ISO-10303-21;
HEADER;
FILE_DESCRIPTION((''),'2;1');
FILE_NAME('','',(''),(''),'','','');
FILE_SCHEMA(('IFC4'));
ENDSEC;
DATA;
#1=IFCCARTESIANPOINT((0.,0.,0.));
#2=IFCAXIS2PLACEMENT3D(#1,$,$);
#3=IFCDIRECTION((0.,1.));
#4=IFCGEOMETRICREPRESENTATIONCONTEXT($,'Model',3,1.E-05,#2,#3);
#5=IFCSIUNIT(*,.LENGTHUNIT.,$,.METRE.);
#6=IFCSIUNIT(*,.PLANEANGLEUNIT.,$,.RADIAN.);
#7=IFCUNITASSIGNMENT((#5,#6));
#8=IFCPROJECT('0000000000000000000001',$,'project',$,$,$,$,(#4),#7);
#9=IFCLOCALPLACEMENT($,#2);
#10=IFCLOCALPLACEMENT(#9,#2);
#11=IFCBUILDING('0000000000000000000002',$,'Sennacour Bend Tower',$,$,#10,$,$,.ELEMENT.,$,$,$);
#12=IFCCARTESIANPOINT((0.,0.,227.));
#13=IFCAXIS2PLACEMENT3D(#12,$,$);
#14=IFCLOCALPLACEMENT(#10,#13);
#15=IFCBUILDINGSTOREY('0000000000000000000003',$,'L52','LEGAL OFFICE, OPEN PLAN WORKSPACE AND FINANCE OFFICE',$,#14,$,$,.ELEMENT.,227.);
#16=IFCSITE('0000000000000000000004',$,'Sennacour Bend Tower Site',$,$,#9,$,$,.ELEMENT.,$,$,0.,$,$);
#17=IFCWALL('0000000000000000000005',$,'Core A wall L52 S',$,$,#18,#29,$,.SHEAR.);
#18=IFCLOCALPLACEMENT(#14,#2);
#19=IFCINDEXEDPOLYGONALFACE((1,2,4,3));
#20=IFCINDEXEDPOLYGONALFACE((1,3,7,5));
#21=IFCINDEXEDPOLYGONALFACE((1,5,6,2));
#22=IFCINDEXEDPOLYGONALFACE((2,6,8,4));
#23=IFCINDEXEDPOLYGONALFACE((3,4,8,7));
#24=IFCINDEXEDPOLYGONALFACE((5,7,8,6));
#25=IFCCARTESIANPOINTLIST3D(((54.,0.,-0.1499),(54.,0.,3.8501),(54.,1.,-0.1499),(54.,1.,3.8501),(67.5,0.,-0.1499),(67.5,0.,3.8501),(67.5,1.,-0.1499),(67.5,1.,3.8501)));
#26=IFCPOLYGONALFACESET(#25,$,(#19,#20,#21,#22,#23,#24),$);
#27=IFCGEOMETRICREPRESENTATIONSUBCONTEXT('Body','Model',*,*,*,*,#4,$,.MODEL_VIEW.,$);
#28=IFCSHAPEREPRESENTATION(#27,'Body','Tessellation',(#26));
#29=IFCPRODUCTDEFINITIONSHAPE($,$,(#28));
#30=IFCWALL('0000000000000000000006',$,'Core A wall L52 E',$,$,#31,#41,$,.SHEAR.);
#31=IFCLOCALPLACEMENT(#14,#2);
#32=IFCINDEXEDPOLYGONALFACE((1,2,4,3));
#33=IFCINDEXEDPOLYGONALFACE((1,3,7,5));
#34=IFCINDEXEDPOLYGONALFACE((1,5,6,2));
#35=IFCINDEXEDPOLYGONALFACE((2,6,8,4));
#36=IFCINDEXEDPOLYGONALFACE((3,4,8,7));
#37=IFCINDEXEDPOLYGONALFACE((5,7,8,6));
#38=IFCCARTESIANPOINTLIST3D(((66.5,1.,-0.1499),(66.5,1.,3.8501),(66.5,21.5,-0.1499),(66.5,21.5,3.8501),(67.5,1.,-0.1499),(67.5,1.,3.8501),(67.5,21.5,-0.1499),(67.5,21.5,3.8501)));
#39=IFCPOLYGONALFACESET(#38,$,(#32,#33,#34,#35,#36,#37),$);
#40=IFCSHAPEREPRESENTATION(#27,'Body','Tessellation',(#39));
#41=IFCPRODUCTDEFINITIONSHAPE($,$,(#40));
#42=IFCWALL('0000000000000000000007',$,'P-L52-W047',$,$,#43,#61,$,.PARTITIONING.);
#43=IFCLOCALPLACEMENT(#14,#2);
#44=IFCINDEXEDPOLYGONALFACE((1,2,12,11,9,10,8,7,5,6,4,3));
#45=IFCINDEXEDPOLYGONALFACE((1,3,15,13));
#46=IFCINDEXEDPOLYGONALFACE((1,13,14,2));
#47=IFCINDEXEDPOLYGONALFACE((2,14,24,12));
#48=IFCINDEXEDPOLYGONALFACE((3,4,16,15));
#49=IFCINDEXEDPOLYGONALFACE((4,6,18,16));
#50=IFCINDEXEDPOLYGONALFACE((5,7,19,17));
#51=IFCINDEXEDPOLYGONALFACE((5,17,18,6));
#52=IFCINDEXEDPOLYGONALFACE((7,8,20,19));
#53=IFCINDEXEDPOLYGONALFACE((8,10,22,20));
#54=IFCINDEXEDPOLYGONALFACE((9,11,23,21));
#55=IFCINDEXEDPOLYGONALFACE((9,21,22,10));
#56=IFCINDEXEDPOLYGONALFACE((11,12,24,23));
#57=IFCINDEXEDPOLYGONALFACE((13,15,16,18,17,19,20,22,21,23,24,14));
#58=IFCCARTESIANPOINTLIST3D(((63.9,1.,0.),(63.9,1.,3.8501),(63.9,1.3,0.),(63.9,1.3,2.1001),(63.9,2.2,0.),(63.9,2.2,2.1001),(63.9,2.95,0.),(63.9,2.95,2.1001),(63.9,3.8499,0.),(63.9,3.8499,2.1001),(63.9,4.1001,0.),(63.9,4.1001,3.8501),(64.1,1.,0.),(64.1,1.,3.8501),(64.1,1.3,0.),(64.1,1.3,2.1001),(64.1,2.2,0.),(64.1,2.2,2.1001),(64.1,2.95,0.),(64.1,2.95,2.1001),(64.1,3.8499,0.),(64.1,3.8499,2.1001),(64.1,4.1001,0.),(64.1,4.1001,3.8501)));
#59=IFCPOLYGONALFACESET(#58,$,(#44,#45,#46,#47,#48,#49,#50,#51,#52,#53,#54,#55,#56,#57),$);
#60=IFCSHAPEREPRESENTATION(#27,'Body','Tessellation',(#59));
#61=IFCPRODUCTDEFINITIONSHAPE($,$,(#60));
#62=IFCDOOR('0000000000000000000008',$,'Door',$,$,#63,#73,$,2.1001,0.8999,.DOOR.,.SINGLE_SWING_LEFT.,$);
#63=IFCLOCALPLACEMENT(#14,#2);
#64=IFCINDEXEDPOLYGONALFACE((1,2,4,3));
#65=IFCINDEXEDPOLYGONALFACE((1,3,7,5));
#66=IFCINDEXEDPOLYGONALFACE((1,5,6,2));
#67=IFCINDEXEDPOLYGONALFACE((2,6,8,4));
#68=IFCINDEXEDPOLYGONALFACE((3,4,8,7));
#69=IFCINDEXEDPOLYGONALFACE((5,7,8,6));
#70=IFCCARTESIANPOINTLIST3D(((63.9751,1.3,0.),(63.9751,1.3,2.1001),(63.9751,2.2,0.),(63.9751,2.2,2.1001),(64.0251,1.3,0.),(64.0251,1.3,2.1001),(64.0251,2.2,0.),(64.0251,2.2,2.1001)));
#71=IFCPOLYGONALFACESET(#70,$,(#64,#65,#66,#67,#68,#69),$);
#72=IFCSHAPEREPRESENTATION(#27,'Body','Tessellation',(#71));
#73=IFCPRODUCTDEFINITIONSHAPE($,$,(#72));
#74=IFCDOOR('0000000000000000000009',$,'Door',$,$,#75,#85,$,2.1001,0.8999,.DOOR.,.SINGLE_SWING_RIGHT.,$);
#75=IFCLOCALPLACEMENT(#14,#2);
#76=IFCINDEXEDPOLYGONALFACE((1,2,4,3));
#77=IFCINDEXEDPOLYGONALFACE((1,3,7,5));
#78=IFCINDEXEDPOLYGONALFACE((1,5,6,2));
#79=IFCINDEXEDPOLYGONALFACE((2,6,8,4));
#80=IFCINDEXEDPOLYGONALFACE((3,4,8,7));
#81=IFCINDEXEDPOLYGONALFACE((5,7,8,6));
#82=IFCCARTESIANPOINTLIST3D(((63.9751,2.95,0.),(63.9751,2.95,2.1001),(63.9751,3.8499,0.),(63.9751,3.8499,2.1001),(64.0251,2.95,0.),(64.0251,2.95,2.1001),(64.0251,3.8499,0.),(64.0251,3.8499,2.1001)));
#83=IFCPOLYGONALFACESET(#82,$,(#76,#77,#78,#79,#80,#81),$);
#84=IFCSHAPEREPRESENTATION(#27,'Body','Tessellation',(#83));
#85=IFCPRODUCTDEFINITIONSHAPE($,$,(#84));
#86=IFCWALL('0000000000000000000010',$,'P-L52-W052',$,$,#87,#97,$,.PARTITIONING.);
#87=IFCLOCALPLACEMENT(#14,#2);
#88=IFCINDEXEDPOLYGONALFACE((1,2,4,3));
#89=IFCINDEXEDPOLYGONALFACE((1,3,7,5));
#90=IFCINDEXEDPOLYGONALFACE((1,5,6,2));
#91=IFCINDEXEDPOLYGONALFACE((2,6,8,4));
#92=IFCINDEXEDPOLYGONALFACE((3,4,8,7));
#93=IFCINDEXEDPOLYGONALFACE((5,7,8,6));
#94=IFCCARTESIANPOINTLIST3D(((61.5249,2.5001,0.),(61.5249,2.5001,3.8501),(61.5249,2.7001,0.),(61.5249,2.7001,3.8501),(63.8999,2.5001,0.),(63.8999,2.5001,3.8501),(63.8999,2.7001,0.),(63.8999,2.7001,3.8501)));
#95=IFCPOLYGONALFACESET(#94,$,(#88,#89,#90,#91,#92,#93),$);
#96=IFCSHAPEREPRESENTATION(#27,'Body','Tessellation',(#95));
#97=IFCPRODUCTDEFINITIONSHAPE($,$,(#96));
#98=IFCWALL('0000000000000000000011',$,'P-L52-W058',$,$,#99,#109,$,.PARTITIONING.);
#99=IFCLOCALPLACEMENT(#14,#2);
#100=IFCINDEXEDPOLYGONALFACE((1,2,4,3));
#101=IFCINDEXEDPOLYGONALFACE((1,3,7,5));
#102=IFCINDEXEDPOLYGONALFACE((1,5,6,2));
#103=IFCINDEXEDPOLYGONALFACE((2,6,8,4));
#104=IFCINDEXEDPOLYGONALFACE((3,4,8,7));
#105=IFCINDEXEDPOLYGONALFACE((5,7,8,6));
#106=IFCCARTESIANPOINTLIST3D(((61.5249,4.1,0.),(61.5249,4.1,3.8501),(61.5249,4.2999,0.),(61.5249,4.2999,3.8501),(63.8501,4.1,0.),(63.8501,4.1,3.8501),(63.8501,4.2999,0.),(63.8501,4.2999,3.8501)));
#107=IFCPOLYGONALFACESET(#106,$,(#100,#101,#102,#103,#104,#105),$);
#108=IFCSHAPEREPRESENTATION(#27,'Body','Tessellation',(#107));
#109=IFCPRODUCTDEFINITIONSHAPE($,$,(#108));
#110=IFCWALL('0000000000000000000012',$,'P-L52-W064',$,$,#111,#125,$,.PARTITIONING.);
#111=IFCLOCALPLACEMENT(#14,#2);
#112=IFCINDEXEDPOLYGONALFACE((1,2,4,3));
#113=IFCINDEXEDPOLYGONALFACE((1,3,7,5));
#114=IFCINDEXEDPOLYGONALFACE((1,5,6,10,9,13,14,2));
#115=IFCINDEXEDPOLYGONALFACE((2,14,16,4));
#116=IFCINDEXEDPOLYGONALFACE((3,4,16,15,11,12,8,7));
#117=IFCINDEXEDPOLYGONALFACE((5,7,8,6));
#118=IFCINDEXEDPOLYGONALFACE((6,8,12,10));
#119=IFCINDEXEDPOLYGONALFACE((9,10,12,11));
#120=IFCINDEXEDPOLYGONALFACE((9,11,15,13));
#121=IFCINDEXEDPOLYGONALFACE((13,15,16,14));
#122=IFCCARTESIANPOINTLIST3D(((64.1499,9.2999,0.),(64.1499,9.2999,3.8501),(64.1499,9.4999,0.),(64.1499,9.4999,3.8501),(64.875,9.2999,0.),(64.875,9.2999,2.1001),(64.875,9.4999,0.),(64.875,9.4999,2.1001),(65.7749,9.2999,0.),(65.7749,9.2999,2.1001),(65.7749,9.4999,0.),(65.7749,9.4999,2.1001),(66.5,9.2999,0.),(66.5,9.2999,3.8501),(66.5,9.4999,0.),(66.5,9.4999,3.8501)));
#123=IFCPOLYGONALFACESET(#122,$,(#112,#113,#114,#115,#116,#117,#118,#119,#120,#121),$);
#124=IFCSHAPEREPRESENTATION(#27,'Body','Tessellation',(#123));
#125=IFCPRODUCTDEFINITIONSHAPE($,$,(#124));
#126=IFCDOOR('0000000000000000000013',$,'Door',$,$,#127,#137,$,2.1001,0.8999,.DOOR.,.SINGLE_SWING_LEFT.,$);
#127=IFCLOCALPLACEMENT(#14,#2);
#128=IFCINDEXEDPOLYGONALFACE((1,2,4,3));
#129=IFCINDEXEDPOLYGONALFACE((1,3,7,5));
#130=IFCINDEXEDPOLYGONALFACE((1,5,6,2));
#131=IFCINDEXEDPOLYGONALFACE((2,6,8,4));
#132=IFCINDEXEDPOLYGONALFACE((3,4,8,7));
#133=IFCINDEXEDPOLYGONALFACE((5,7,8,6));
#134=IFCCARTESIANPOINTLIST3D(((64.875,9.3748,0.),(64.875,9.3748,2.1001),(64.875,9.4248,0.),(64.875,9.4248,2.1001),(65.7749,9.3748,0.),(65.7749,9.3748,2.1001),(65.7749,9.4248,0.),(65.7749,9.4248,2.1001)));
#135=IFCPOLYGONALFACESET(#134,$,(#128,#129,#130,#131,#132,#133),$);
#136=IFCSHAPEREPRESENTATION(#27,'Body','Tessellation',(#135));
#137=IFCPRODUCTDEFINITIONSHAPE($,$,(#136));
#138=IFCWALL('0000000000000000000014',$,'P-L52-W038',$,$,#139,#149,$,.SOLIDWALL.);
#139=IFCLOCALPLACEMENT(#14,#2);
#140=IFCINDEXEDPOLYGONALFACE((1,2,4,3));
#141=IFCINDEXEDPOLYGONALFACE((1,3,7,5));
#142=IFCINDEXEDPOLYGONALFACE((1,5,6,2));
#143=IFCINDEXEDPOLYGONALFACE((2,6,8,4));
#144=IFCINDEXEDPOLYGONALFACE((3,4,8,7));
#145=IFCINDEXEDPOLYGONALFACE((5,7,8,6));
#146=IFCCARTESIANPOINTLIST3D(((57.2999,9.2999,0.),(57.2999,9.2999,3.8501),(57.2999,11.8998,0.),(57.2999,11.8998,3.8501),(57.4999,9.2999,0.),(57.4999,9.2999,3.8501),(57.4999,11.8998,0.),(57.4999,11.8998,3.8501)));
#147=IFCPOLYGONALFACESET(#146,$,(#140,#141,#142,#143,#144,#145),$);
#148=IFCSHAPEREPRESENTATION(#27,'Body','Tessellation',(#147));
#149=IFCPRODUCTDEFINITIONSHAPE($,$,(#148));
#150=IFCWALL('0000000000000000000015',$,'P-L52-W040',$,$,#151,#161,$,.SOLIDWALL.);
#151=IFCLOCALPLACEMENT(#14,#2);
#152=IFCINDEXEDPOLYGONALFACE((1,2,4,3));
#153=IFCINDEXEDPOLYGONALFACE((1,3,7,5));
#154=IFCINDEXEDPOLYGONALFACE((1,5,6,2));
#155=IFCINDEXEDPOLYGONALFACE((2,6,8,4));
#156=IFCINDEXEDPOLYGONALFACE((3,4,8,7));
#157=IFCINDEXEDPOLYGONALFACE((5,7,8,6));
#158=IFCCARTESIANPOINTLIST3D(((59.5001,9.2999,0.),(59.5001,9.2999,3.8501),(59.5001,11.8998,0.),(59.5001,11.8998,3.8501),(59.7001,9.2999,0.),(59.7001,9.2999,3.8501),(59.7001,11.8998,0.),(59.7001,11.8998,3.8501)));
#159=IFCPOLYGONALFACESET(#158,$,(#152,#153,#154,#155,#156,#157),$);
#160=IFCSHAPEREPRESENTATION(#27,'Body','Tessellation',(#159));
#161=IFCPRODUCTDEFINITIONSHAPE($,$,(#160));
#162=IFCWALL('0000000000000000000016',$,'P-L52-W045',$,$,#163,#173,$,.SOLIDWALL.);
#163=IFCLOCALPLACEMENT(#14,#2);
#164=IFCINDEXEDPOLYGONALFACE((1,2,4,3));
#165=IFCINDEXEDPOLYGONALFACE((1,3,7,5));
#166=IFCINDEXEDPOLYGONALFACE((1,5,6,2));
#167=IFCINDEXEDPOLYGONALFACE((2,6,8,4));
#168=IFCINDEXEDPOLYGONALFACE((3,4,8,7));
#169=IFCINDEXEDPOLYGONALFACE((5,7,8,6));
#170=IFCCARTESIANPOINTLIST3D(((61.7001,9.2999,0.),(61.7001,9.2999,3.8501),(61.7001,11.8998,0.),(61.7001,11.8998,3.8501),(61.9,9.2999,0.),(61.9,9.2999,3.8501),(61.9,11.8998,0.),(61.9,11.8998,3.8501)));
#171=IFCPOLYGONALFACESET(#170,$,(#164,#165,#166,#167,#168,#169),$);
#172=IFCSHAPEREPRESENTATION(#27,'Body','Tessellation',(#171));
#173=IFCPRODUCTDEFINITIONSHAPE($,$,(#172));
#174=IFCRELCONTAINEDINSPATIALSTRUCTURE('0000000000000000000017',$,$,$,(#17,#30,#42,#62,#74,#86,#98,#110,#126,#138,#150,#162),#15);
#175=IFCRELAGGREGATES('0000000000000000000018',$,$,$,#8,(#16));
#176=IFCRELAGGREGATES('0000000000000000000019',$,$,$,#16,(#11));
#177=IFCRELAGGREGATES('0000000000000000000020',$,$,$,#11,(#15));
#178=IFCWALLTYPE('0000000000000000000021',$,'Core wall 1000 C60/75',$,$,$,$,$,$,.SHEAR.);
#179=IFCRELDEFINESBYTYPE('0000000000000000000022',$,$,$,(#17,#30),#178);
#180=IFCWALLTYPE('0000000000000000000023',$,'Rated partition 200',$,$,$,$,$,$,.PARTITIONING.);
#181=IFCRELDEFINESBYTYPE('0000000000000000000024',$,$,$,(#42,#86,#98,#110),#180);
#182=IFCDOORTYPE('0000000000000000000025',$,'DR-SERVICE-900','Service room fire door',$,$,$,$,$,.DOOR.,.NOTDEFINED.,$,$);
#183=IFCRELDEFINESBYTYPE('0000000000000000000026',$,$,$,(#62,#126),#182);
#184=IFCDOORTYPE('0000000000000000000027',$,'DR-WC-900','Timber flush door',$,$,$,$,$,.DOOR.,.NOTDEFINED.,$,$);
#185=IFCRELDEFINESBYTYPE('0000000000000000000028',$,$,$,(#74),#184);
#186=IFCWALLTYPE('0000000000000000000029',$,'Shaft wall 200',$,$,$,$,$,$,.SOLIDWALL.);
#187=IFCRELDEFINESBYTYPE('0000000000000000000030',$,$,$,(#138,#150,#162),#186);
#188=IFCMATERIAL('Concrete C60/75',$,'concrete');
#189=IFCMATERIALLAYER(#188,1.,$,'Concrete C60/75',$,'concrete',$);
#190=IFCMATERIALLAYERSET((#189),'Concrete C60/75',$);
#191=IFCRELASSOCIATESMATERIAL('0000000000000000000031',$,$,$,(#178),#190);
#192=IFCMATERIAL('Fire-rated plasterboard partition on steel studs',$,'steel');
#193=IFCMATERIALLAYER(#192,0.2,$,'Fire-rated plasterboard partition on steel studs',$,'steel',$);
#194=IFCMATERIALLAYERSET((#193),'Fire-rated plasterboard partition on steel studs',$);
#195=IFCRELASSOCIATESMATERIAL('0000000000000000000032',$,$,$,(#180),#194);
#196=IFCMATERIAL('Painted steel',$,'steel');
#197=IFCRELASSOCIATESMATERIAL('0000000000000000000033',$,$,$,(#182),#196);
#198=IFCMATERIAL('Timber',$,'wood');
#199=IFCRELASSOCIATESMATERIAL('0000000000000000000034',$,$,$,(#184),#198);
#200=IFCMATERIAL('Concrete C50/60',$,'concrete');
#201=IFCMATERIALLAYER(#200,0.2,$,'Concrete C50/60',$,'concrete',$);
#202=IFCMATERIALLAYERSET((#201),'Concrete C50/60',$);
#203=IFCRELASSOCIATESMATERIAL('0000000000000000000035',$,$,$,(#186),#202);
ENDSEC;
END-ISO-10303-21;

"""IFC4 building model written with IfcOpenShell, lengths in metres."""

from ifc_helpers import new_model, si_unit, direction, frame, frame_2d, origin, place, context, subcontext, project, spatial, rectangle, extrude, material, layer, layer_set, type_object, element, fill, save


model = new_model("IFC4")

# Units and contexts
model_context = context("Model", 3, precision=1e-05, world=origin(), true_north=direction((0.0, 1.0)))
body_context = subcontext(model_context, "Body", "Model", "MODEL_VIEW")
ifc_project = project(units=[si_unit("LENGTHUNIT", "METRE"), si_unit("PLANEANGLEUNIT", "RADIAN")], contexts=[model_context])

# Site, building, storey
site_placement = place(None, origin())
site = spatial("IfcSite", under=ifc_project, at=site_placement, Name="Sennacour Bend Tower Site", CompositionType="ELEMENT", RefElevation=0.0)
building_placement = place(site_placement, origin())
building = spatial("IfcBuilding", under=site, at=building_placement, Name="Sennacour Bend Tower", CompositionType="ELEMENT")
storey_placement = place(building_placement, frame((0.0, 0.0, 227.0)))
storey = spatial("IfcBuildingStorey", under=building, at=storey_placement, Name="L52", Description="LEGAL OFFICE, OPEN PLAN WORKSPACE AND FINANCE OFFICE", CompositionType="ELEMENT", Elevation=227.0)

# Walls
ifc_material_1 = material(Name="Concrete C60/75", Category="concrete")
ifc_layer_1 = layer(ifc_material_1, 1.0, Name="Concrete C60/75", Category="concrete")
ifc_layer_set_1 = layer_set([ifc_layer_1], Name="Concrete C60/75")
wall_type_1 = type_object("IfcWallType", Name="Core wall 1000 C60/75", PredefinedType="SHEAR", material=ifc_layer_set_1)
wall_1_placement = place(storey_placement, frame((67.5, 0.5, -0.1499), z_axis=(0.0, 0.0, 1.0), x_axis=(-1.0, 0.0, 0.0)))
element("IfcWall", 1, at=wall_1_placement, inside=storey, type_object=wall_type_1, Name="Core A wall L52 S", PredefinedType="SHEAR", context=body_context, shape_type="SweptSolid", body=[
    extrude(rectangle(XDim=13.5, YDim=1.0, at=frame_2d((6.75, 0.0))), origin(), (0.0, 0.0, 1.0), 4.0),
])
wall_2_placement = place(storey_placement, frame((67.0, 1.0, -0.1499), z_axis=(0.0, 0.0, 1.0), x_axis=(0.0, 1.0, 0.0)))
element("IfcWall", 2, at=wall_2_placement, inside=storey, type_object=wall_type_1, Name="Core A wall L52 E", PredefinedType="SHEAR", context=body_context, shape_type="SweptSolid", body=[
    extrude(rectangle(XDim=20.5, YDim=1.0, at=frame_2d((10.25, 0.0))), origin(), (0.0, 0.0, 1.0), 4.0),
])

# Wall, openings, doors
ifc_material_2 = material(Name="Fire-rated plasterboard partition on steel studs", Category="steel")
ifc_layer_2 = layer(ifc_material_2, 0.2, Name="Fire-rated plasterboard partition on steel studs", Category="steel")
ifc_layer_set_2 = layer_set([ifc_layer_2], Name="Fire-rated plasterboard partition on steel studs")
wall_type_2 = type_object("IfcWallType", Name="Rated partition 200", PredefinedType="PARTITIONING", material=ifc_layer_set_2)
wall_3_placement = place(storey_placement, frame((64.0, 1.0, 0.0), z_axis=(0.0, 0.0, 1.0), x_axis=(0.0, 1.0, 0.0)))
wall_3 = element("IfcWall", 3, at=wall_3_placement, inside=storey, type_object=wall_type_2, Name="P-L52-W047", PredefinedType="PARTITIONING", context=body_context, shape_type="SweptSolid", body=[
    extrude(rectangle(XDim=3.1001, YDim=0.2, at=frame_2d((1.55, 0.0))), origin(), (0.0, 0.0, 1.0), 3.8501),
])
opening_1_placement = place(wall_3_placement, frame((0.3, 0.0, 0.0)))
opening_1 = element("IfcOpeningElement", 4, at=opening_1_placement, cuts=wall_3, PredefinedType="OPENING", context=body_context, shape_type="SweptSolid", body=[
    extrude(rectangle(XDim=0.8999, YDim=2.1001, at=frame_2d((0.45, 1.05))), frame((0.0, 0.1099, 0.0), z_axis=(0.0, -1.0, 0.0), x_axis=(1.0, 0.0, 0.0)), (0.0, 0.0, 1.0), 0.22),
])
opening_2_placement = place(wall_3_placement, frame((1.95, 0.0, 0.0)))
opening_2 = element("IfcOpeningElement", 5, at=opening_2_placement, cuts=wall_3, PredefinedType="OPENING", context=body_context, shape_type="SweptSolid", body=[
    extrude(rectangle(XDim=0.8999, YDim=2.1001, at=frame_2d((0.45, 1.05))), frame((0.0, 0.1099, 0.0), z_axis=(0.0, -1.0, 0.0), x_axis=(1.0, 0.0, 0.0)), (0.0, 0.0, 1.0), 0.22),
])
ifc_material_3 = material(Name="Painted steel", Category="steel")
door_type_1 = type_object("IfcDoorType", Name="DR-SERVICE-900", Description="Service room fire door", OperationType="NOTDEFINED", PredefinedType="DOOR", material=ifc_material_3)
door_1_placement = place(opening_1_placement, origin())
door_1 = element("IfcDoor", 6, at=door_1_placement, inside=storey, type_object=door_type_1, Name="Door", OperationType="SINGLE_SWING_LEFT", OverallHeight=2.1001, OverallWidth=0.8999, PredefinedType="DOOR", context=body_context, shape_type="SweptSolid", body=[
    extrude(rectangle(XDim=0.8999, YDim=2.1001, at=frame_2d((0.45, 1.05))), frame((0.0, 0.0249, 0.0), z_axis=(0.0, -1.0, 0.0), x_axis=(1.0, 0.0, 0.0)), (0.0, 0.0, 1.0), 0.05),
])
fill(opening_1, door_1)
ifc_material_4 = material(Name="Timber", Category="wood")
door_type_2 = type_object("IfcDoorType", Name="DR-WC-900", Description="Timber flush door", OperationType="NOTDEFINED", PredefinedType="DOOR", material=ifc_material_4)
door_2_placement = place(opening_2_placement, origin())
door_2 = element("IfcDoor", 7, at=door_2_placement, inside=storey, type_object=door_type_2, Name="Door", OperationType="SINGLE_SWING_RIGHT", OverallHeight=2.1001, OverallWidth=0.8999, PredefinedType="DOOR", context=body_context, shape_type="SweptSolid", body=[
    extrude(rectangle(XDim=0.8999, YDim=2.1001, at=frame_2d((0.45, 1.05))), frame((0.0, 0.0249, 0.0), z_axis=(0.0, -1.0, 0.0), x_axis=(1.0, 0.0, 0.0)), (0.0, 0.0, 1.0), 0.05),
])
fill(opening_2, door_2)

# Walls
wall_4_placement = place(storey_placement, frame((61.5249, 2.6001, 0.0), z_axis=(0.0, 0.0, 1.0), x_axis=(1.0, 0.0, 0.0)))
element("IfcWall", 8, at=wall_4_placement, inside=storey, type_object=wall_type_2, Name="P-L52-W052", PredefinedType="PARTITIONING", context=body_context, shape_type="SweptSolid", body=[
    extrude(rectangle(XDim=2.375, YDim=0.2, at=frame_2d((1.1875, 0.0))), origin(), (0.0, 0.0, 1.0), 3.8501),
])
wall_5_placement = place(storey_placement, frame((61.5249, 4.2, 0.0), z_axis=(0.0, 0.0, 1.0), x_axis=(1.0, 0.0, 0.0)))
element("IfcWall", 9, at=wall_5_placement, inside=storey, type_object=wall_type_2, Name="P-L52-W058", PredefinedType="PARTITIONING", context=body_context, shape_type="SweptSolid", body=[
    extrude(rectangle(XDim=2.3252, YDim=0.2, at=frame_2d((1.1626, 0.0))), origin(), (0.0, 0.0, 1.0), 3.8501),
])

# Wall, opening, door
wall_6_placement = place(storey_placement, frame((64.1499, 9.3999, 0.0), z_axis=(0.0, 0.0, 1.0), x_axis=(1.0, 0.0, 0.0)))
wall_6 = element("IfcWall", 10, at=wall_6_placement, inside=storey, type_object=wall_type_2, Name="P-L52-W064", PredefinedType="PARTITIONING", context=body_context, shape_type="SweptSolid", body=[
    extrude(rectangle(XDim=2.3501, YDim=0.2, at=frame_2d((1.175, 0.0))), origin(), (0.0, 0.0, 1.0), 3.8501),
])
opening_3_placement = place(wall_6_placement, frame((0.7251, 0.0, 0.0)))
opening_3 = element("IfcOpeningElement", 11, at=opening_3_placement, cuts=wall_6, PredefinedType="OPENING", context=body_context, shape_type="SweptSolid", body=[
    extrude(rectangle(XDim=0.8999, YDim=2.1001, at=frame_2d((0.45, 1.05))), frame((0.0, 0.1099, 0.0), z_axis=(0.0, -1.0, 0.0), x_axis=(1.0, 0.0, 0.0)), (0.0, 0.0, 1.0), 0.22),
])
door_3_placement = place(opening_3_placement, origin())
door_3 = element("IfcDoor", 12, at=door_3_placement, inside=storey, type_object=door_type_1, Name="Door", OperationType="SINGLE_SWING_LEFT", OverallHeight=2.1001, OverallWidth=0.8999, PredefinedType="DOOR", context=body_context, shape_type="SweptSolid", body=[
    extrude(rectangle(XDim=0.8999, YDim=2.1001, at=frame_2d((0.45, 1.05))), frame((0.0, 0.0249, 0.0), z_axis=(0.0, -1.0, 0.0), x_axis=(1.0, 0.0, 0.0)), (0.0, 0.0, 1.0), 0.05),
])
fill(opening_3, door_3)

# Walls
ifc_material_5 = material(Name="Concrete C50/60", Category="concrete")
ifc_layer_3 = layer(ifc_material_5, 0.2, Name="Concrete C50/60", Category="concrete")
ifc_layer_set_3 = layer_set([ifc_layer_3], Name="Concrete C50/60")
wall_type_3 = type_object("IfcWallType", Name="Shaft wall 200", PredefinedType="SOLIDWALL", material=ifc_layer_set_3)
for number, where, z_axis, x_axis, name in (
    (13, (57.3999, 9.3, 0.0), (0.0, 0.0, 1.0), (0.0, 1.0, 0.0), "P-L52-W038"),
    (14, (59.6001, 9.3, 0.0), (0.0, 0.0, 1.0), (0.0, 1.0, 0.0), "P-L52-W040"),
    (15, (61.8, 9.3, 0.0), (0.0, 0.0, 1.0), (0.0, 1.0, 0.0), "P-L52-W045"),
):
    element("IfcWall", number, at=place(storey_placement, frame(where, z_axis=z_axis, x_axis=x_axis)), inside=storey, type_object=wall_type_3, Name=name, PredefinedType="SOLIDWALL", context=body_context, shape_type="SweptSolid", body=[
        extrude(rectangle(XDim=2.5999, YDim=0.2, at=frame_2d((1.2998, 0.0))), origin(), (0.0, 0.0, 1.0), 3.8501),
    ])

save(model, "model.ifc")
